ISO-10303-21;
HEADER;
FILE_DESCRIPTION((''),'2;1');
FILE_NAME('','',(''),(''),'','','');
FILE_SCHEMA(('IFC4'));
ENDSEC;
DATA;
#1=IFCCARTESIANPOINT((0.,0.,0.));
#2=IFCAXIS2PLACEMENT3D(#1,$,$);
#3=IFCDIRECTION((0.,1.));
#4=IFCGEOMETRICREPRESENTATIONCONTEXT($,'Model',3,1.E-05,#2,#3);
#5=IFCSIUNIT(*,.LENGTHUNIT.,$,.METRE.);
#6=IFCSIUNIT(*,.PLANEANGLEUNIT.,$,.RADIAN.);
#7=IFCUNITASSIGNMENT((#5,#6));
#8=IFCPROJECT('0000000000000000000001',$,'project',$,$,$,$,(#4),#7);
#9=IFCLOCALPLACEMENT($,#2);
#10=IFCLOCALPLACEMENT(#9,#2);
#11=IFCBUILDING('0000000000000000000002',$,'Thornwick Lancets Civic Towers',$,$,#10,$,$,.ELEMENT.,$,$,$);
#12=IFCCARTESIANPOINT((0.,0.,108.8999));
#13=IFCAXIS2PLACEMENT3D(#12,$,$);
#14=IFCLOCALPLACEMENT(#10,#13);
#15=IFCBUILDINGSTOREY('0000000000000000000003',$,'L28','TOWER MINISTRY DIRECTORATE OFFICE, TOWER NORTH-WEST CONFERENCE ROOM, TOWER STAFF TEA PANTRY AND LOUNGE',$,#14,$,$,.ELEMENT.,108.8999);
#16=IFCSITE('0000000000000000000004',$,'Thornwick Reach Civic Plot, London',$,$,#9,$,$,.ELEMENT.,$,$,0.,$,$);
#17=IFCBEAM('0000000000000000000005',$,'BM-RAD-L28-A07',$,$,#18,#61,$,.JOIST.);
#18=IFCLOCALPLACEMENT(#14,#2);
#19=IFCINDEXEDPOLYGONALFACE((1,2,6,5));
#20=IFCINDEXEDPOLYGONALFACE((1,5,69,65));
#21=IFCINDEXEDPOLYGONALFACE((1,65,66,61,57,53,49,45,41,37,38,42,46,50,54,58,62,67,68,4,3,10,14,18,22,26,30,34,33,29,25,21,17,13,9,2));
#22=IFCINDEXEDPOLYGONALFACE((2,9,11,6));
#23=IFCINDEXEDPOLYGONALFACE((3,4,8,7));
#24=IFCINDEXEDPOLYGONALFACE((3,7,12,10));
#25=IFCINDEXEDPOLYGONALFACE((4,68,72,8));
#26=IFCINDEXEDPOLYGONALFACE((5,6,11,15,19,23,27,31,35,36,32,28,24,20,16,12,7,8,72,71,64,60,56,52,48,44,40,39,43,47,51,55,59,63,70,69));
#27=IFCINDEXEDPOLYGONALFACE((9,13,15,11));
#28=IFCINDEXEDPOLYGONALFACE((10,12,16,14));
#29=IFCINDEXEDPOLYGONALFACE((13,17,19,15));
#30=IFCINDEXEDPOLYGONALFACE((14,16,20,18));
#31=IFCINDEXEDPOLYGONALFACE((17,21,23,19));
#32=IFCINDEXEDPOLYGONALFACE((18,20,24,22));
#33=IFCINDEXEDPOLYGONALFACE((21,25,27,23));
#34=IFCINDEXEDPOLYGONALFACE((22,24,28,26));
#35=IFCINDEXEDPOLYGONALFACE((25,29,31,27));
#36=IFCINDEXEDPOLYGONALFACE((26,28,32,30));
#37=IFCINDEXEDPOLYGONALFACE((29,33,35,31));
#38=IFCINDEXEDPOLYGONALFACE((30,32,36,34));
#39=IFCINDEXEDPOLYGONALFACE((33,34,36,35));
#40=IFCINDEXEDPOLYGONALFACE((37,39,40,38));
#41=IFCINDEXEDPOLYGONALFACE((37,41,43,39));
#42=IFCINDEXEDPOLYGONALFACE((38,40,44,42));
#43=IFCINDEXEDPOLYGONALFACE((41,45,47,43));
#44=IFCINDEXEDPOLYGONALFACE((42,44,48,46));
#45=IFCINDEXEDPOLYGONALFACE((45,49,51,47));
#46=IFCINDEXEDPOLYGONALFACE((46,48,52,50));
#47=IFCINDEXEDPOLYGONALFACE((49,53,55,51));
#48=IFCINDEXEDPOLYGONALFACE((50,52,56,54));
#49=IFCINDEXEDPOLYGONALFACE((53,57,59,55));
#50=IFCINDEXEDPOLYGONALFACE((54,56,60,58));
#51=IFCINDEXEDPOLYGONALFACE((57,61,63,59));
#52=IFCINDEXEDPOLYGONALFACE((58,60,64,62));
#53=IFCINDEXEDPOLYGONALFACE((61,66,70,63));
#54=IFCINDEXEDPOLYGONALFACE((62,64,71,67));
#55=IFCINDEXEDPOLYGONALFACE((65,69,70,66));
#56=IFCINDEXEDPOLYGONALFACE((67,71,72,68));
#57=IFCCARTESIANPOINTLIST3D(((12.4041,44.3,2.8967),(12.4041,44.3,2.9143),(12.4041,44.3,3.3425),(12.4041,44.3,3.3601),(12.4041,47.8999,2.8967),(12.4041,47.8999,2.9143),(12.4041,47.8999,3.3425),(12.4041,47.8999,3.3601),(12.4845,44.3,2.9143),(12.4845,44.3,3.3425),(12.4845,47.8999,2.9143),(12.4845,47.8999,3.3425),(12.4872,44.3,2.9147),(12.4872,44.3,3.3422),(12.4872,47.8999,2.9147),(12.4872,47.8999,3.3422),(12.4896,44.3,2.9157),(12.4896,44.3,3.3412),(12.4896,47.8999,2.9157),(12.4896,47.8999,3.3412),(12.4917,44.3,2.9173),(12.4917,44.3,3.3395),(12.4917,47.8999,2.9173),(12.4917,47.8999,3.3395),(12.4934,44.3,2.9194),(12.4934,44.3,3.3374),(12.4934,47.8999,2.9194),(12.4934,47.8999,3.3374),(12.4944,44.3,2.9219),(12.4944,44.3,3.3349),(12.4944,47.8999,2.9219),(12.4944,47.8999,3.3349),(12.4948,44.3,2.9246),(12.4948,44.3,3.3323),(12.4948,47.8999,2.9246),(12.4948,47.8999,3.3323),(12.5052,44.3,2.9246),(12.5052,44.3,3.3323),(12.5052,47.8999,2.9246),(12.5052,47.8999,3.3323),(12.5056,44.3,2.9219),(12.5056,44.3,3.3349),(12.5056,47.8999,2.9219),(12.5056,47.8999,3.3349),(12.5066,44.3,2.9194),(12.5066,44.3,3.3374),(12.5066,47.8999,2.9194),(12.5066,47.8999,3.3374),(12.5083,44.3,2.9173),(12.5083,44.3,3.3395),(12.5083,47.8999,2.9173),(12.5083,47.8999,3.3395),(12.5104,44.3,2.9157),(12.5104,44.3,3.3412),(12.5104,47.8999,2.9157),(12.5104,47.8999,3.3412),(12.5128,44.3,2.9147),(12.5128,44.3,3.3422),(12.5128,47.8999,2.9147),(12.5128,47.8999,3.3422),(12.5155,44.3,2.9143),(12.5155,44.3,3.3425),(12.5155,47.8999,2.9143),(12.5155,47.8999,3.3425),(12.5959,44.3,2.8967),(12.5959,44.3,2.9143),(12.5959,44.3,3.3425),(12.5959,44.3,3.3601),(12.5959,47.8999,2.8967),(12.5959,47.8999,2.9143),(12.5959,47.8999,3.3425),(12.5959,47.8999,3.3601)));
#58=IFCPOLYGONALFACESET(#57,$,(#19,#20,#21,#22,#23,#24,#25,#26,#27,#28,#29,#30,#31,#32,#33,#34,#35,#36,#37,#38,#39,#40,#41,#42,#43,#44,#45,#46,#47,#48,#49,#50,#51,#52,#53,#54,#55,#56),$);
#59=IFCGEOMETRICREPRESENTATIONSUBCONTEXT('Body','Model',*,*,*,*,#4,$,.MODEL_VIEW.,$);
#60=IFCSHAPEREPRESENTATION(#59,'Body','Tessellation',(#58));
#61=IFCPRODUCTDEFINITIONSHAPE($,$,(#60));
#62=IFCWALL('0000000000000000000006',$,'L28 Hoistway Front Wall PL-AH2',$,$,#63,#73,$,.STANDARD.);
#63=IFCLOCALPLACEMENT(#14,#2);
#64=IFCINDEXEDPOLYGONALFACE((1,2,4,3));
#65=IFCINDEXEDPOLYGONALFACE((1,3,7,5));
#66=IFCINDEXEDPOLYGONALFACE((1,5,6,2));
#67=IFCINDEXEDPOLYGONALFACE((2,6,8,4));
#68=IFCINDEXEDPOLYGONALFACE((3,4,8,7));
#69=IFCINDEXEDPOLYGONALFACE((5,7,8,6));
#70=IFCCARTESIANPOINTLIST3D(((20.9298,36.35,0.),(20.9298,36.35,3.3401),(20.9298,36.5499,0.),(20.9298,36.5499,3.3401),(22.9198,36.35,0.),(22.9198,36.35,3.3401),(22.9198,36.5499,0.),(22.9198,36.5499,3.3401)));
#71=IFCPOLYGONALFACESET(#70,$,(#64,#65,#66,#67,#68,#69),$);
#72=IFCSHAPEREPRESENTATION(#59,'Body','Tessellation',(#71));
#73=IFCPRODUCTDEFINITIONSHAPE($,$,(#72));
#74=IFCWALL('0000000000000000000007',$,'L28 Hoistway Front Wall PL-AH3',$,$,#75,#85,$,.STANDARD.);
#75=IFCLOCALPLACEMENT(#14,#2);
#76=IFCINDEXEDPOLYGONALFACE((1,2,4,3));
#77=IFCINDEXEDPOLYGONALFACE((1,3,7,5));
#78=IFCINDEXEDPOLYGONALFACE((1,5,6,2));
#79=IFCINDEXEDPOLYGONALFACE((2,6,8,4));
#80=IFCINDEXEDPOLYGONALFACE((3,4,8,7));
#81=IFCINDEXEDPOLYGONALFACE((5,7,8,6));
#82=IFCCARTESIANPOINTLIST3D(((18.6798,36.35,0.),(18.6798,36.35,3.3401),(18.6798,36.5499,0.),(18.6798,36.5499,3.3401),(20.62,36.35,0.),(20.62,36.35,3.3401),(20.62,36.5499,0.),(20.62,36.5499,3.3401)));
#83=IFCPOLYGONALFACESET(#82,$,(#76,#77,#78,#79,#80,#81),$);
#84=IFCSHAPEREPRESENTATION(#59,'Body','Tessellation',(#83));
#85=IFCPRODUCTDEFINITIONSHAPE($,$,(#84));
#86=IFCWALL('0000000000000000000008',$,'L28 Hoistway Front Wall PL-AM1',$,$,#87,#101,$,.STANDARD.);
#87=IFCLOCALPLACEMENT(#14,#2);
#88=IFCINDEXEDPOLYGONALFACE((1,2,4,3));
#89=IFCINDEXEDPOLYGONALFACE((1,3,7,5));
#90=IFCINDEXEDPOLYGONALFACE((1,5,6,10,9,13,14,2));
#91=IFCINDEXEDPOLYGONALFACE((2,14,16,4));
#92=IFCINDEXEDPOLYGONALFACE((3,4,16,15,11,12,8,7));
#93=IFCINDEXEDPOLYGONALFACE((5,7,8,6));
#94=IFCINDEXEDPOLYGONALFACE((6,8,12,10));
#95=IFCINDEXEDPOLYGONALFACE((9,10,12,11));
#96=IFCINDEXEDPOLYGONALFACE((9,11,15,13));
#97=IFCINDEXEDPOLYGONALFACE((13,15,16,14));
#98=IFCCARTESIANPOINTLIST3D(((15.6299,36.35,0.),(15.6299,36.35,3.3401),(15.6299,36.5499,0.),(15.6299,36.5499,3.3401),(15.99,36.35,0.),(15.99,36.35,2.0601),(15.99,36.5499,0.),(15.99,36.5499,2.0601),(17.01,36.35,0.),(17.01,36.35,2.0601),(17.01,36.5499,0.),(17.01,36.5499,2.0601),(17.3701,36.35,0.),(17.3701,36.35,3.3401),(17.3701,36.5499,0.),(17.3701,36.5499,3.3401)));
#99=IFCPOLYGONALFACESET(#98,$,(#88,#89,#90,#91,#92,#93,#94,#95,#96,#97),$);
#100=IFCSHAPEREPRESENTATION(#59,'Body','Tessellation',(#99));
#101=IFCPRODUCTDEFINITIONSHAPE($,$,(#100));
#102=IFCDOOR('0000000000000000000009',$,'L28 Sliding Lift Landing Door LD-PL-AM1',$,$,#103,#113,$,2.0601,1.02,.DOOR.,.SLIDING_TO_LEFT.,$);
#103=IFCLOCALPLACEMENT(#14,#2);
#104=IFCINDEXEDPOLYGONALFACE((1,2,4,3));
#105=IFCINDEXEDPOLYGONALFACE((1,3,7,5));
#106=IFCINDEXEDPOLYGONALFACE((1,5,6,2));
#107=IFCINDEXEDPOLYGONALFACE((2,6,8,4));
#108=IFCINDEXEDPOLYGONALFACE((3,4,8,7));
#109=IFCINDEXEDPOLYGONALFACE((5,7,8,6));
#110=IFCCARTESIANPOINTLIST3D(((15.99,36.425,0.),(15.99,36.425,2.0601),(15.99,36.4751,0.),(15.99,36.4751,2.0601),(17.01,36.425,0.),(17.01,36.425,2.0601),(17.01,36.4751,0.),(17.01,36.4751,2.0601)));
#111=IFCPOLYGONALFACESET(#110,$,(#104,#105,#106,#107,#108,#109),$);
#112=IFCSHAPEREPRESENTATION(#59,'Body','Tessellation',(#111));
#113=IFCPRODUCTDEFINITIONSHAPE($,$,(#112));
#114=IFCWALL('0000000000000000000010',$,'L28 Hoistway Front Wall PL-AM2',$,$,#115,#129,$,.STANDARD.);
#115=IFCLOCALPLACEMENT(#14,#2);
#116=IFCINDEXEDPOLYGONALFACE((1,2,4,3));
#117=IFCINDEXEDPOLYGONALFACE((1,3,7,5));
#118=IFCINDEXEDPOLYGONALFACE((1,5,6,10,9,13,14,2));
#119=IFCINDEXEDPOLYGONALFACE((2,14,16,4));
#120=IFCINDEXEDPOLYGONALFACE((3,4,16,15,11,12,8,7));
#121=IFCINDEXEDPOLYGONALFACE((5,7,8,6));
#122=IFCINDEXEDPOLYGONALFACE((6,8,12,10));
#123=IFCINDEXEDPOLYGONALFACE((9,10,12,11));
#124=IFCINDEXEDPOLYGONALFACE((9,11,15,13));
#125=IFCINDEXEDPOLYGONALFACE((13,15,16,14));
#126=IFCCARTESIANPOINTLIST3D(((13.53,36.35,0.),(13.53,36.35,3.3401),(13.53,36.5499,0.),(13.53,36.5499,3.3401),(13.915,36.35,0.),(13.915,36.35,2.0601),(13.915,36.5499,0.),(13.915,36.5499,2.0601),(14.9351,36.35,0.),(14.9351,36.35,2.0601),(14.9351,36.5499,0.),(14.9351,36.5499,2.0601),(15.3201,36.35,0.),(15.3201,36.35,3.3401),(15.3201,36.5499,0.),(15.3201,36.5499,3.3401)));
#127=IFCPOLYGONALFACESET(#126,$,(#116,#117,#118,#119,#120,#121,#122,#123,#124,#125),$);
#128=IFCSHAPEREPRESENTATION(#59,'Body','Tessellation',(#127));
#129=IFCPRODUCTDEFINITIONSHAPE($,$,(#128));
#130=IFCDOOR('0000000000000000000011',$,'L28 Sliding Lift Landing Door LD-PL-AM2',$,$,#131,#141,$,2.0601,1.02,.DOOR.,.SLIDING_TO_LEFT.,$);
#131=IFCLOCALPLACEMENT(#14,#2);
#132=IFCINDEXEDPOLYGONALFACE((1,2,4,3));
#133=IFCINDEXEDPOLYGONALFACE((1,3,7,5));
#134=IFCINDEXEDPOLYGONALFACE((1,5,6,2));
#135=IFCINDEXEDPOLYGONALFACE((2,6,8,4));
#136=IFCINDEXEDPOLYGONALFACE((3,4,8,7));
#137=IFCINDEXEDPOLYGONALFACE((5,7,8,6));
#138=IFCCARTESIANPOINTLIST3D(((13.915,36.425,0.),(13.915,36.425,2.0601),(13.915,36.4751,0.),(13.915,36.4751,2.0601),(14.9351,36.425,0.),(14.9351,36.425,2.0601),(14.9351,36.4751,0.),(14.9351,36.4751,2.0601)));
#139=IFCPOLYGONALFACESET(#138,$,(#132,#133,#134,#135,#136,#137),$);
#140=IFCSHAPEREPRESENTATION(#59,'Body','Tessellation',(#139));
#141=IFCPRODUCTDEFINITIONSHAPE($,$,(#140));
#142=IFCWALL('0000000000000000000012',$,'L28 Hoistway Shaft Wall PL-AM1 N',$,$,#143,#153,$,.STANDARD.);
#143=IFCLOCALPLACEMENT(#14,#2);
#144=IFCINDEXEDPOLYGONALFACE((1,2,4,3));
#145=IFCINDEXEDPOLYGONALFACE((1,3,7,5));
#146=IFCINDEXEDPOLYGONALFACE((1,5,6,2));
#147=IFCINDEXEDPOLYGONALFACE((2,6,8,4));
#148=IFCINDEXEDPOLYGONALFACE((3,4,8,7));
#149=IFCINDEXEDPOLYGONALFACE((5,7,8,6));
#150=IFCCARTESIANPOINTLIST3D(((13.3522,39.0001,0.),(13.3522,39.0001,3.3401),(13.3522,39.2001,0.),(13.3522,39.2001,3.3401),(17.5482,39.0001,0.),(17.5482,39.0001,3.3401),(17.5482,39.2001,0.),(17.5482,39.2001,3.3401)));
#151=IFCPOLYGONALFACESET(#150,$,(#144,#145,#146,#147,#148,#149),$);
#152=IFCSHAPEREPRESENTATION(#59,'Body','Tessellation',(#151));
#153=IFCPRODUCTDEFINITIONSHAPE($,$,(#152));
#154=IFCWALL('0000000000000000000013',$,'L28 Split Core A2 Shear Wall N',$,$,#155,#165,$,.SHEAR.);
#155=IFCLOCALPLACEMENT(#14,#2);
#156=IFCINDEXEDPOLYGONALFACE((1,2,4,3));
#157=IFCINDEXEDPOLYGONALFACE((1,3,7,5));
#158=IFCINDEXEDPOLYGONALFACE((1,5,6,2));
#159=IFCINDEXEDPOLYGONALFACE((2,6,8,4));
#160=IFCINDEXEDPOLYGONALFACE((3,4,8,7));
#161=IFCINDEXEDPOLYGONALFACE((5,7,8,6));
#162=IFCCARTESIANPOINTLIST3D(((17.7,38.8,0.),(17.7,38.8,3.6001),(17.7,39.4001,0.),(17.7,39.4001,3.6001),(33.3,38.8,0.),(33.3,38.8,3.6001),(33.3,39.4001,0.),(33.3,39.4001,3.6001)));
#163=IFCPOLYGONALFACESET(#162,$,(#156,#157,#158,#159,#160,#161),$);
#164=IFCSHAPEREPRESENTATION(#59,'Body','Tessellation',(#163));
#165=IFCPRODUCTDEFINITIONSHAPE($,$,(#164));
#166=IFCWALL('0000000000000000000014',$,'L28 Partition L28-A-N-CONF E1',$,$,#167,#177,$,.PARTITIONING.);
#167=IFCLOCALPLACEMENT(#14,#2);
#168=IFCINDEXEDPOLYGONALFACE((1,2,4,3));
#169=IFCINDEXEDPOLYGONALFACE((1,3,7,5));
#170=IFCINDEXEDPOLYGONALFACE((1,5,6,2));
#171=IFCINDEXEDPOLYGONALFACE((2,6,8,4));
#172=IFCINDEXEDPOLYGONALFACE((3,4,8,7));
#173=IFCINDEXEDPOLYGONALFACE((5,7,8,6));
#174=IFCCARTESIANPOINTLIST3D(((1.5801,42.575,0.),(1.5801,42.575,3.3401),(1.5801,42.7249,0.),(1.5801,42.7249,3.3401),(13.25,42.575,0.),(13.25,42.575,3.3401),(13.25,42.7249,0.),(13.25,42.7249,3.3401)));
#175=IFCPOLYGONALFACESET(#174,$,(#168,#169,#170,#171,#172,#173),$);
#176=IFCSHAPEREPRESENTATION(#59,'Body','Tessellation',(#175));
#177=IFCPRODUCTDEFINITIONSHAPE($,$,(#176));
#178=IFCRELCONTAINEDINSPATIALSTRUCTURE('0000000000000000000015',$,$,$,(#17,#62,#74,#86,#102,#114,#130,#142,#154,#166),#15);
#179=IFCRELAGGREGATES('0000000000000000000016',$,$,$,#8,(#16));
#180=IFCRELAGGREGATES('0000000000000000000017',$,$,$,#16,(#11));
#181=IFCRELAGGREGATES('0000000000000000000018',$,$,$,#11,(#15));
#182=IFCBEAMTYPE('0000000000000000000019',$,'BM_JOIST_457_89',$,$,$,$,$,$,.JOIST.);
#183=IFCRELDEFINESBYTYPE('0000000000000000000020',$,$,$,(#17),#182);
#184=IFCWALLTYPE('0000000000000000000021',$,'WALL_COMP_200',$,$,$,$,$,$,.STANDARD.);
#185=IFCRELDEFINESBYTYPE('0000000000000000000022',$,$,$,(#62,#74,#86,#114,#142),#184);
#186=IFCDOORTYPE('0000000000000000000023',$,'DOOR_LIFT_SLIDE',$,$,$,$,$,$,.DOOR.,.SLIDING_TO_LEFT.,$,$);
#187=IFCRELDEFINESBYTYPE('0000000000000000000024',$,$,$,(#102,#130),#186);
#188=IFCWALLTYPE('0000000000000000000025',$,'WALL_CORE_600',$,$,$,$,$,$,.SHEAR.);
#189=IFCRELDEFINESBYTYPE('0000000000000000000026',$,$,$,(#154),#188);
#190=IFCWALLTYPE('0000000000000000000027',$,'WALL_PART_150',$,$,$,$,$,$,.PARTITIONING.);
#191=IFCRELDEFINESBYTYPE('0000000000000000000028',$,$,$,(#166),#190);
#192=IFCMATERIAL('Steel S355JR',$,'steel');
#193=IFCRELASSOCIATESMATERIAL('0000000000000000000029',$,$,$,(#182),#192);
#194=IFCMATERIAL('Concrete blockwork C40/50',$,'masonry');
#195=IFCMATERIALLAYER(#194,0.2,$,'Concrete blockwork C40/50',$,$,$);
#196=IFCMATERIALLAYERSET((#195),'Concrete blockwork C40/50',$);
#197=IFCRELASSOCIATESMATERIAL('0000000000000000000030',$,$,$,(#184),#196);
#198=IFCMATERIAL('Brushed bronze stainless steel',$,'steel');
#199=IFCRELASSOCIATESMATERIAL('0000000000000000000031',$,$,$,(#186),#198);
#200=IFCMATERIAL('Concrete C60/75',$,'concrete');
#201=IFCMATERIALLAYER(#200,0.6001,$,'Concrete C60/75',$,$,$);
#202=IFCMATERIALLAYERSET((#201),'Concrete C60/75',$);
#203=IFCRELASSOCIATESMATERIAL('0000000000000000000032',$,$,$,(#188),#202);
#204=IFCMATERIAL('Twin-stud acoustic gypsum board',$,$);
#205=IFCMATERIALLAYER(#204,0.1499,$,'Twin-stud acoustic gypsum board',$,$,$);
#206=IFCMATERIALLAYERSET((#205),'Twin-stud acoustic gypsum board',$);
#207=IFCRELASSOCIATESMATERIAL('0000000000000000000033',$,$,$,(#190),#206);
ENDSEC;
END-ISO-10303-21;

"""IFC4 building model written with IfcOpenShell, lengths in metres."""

from ifc_helpers import new_model, si_unit, direction, frame, frame_2d, origin, origin_2d, place, context, subcontext, project, spatial, rectangle, i_section, extrude, material, layer, layer_set, material_profile, profile_set, type_object, element, fill, save


model = new_model("IFC4")

# Units and contexts
model_context = context("Model", 3, precision=1e-05, world=origin(), true_north=direction((0.0, 1.0)))
body_context = subcontext(model_context, "Body", "Model", "MODEL_VIEW")
ifc_project = project(units=[si_unit("LENGTHUNIT", "METRE"), si_unit("PLANEANGLEUNIT", "RADIAN")], contexts=[model_context])

# Site, building, storey
site_placement = place(None, origin())
site = spatial("IfcSite", under=ifc_project, at=site_placement, Name="Thornwick Reach Civic Plot, London", CompositionType="ELEMENT", RefElevation=0.0)
building_placement = place(site_placement, origin())
building = spatial("IfcBuilding", under=site, at=building_placement, Name="Thornwick Lancets Civic Towers", CompositionType="ELEMENT")
storey_placement = place(building_placement, frame((0.0, 0.0, 108.8999)))
storey = spatial("IfcBuildingStorey", under=building, at=storey_placement, Name="L28", Description="TOWER MINISTRY DIRECTORATE OFFICE, TOWER NORTH-WEST CONFERENCE ROOM, TOWER STAFF TEA PANTRY AND LOUNGE", CompositionType="ELEMENT", Elevation=108.8999)

# Shared definitions
ifc_material_1 = material(Name="Concrete C60/75", Category="concrete")

# Beam
ifc_material_2 = material(Name="Steel S355JR", Category="steel")
ifc_material_profile_1 = material_profile(ifc_material_2, i_section(OverallWidth=0.1919, OverallDepth=0.4634, WebThickness=0.0105, FlangeThickness=0.0176, FilletRadius=0.0103, at=origin_2d()), Name="UKB 457x191x89")
ifc_profile_set_1 = profile_set([ifc_material_profile_1], Name="Steel S355JR")
beam_type_1 = type_object("IfcBeamType", Name="BM_JOIST_457_89", PredefinedType="JOIST", material=ifc_profile_set_1)
beam_1_placement = place(storey_placement, frame((12.5, 44.3, 3.1284), z_axis=(0.0, 1.0, 0.0), x_axis=(-1.0, 0.0, 0.0)))
element("IfcBeam", 1, at=beam_1_placement, inside=storey, type_object=beam_type_1, Name="BM-RAD-L28-A07", PredefinedType="JOIST", context=body_context, shape_type="SweptSolid", body=[
    extrude(i_section(OverallWidth=0.1919, OverallDepth=0.4634, WebThickness=0.0105, FlangeThickness=0.0176, FilletRadius=0.0103, at=origin_2d()), origin(), (0.0, 0.0, 1.0), 3.5999),
])

# Walls
ifc_material_3 = material(Name="Concrete blockwork C40/50", Category="masonry")
ifc_layer_1 = layer(ifc_material_3, 0.2, Name="Concrete blockwork C40/50")
ifc_layer_set_1 = layer_set([ifc_layer_1], Name="Concrete blockwork C40/50")
wall_type_1 = type_object("IfcWallType", Name="WALL_COMP_200", PredefinedType="STANDARD", material=ifc_layer_set_1)
wall_1_placement = place(storey_placement, frame((22.9199, 36.45, 0.0), z_axis=(0.0, 0.0, 1.0), x_axis=(-1.0, 0.0, 0.0)))
element("IfcWall", 2, at=wall_1_placement, inside=storey, type_object=wall_type_1, Name="L28 Hoistway Front Wall PL-AH2", PredefinedType="STANDARD", context=body_context, shape_type="SweptSolid", body=[
    extrude(rectangle(XDim=1.99, YDim=0.2, at=frame_2d((0.9951, 0.0))), origin(), (0.0, 0.0, 1.0), 3.3401),
])
wall_2_placement = place(storey_placement, frame((20.6201, 36.45, 0.0), z_axis=(0.0, 0.0, 1.0), x_axis=(-1.0, 0.0, 0.0)))
element("IfcWall", 3, at=wall_2_placement, inside=storey, type_object=wall_type_1, Name="L28 Hoistway Front Wall PL-AH3", PredefinedType="STANDARD", context=body_context, shape_type="SweptSolid", body=[
    extrude(rectangle(XDim=1.9402, YDim=0.2, at=frame_2d((0.9702, 0.0))), origin(), (0.0, 0.0, 1.0), 3.3401),
])

# Walls, openings, doors
wall_3_placement = place(storey_placement, frame((17.3701, 36.45, 0.0), z_axis=(0.0, 0.0, 1.0), x_axis=(-1.0, 0.0, 0.0)))
wall_3 = element("IfcWall", 4, at=wall_3_placement, inside=storey, type_object=wall_type_1, Name="L28 Hoistway Front Wall PL-AM1", PredefinedType="STANDARD", context=body_context, shape_type="SweptSolid", body=[
    extrude(rectangle(XDim=1.7402, YDim=0.2, at=frame_2d((0.8701, 0.0))), origin(), (0.0, 0.0, 1.0), 3.3401),
])
opening_1_placement = place(wall_3_placement, frame((0.3601, 0.0, 0.0)))
opening_1 = element("IfcOpeningElement", 5, at=opening_1_placement, cuts=wall_3, PredefinedType="OPENING", context=body_context, shape_type="SweptSolid", body=[
    extrude(rectangle(XDim=1.02, YDim=2.0601, at=frame_2d((0.51, 1.03))), frame((0.0, 0.1099, 0.0), z_axis=(0.0, -1.0, 0.0), x_axis=(1.0, 0.0, 0.0)), (0.0, 0.0, 1.0), 0.22),
])
ifc_material_4 = material(Name="Brushed bronze stainless steel", Category="steel")
door_type_1 = type_object("IfcDoorType", Name="DOOR_LIFT_SLIDE", OperationType="SLIDING_TO_LEFT", PredefinedType="DOOR", material=ifc_material_4)
door_1_placement = place(opening_1_placement, origin())
door_1 = element("IfcDoor", 6, at=door_1_placement, inside=storey, type_object=door_type_1, Name="L28 Sliding Lift Landing Door LD-PL-AM1", OperationType="SLIDING_TO_LEFT", OverallHeight=2.0601, OverallWidth=1.02, PredefinedType="DOOR", context=body_context, shape_type="SweptSolid", body=[
    extrude(rectangle(XDim=1.02, YDim=2.0601, at=frame_2d((0.51, 1.03))), frame((0.0, 0.0249, 0.0), z_axis=(0.0, -1.0, 0.0), x_axis=(1.0, 0.0, 0.0)), (0.0, 0.0, 1.0), 0.05),
])
fill(opening_1, door_1)
wall_4_placement = place(storey_placement, frame((15.3201, 36.45, 0.0), z_axis=(0.0, 0.0, 1.0), x_axis=(-1.0, 0.0, 0.0)))
wall_4 = element("IfcWall", 7, at=wall_4_placement, inside=storey, type_object=wall_type_1, Name="L28 Hoistway Front Wall PL-AM2", PredefinedType="STANDARD", context=body_context, shape_type="SweptSolid", body=[
    extrude(rectangle(XDim=1.79, YDim=0.2, at=frame_2d((0.895, 0.0))), origin(), (0.0, 0.0, 1.0), 3.3401),
])
opening_2_placement = place(wall_4_placement, frame((0.385, 0.0, 0.0)))
opening_2 = element("IfcOpeningElement", 8, at=opening_2_placement, cuts=wall_4, PredefinedType="OPENING", context=body_context, shape_type="SweptSolid", body=[
    extrude(rectangle(XDim=1.02, YDim=2.0601, at=frame_2d((0.51, 1.03))), frame((0.0, 0.1099, 0.0), z_axis=(0.0, -1.0, 0.0), x_axis=(1.0, 0.0, 0.0)), (0.0, 0.0, 1.0), 0.22),
])
door_2_placement = place(opening_2_placement, origin())
door_2 = element("IfcDoor", 9, at=door_2_placement, inside=storey, type_object=door_type_1, Name="L28 Sliding Lift Landing Door LD-PL-AM2", OperationType="SLIDING_TO_LEFT", OverallHeight=2.0601, OverallWidth=1.02, PredefinedType="DOOR", context=body_context, shape_type="SweptSolid", body=[
    extrude(rectangle(XDim=1.02, YDim=2.0601, at=frame_2d((0.51, 1.03))), frame((0.0, 0.0249, 0.0), z_axis=(0.0, -1.0, 0.0), x_axis=(1.0, 0.0, 0.0)), (0.0, 0.0, 1.0), 0.05),
])
fill(opening_2, door_2)

# Walls
wall_5_placement = place(storey_placement, frame((13.3521, 39.1001, 0.0), z_axis=(0.0, 0.0, 1.0), x_axis=(1.0, 0.0, 0.0)))
element("IfcWall", 10, at=wall_5_placement, inside=storey, type_object=wall_type_1, Name="L28 Hoistway Shaft Wall PL-AM1 N", PredefinedType="STANDARD", context=body_context, shape_type="SweptSolid", body=[
    extrude(rectangle(XDim=4.196, YDim=0.2, at=frame_2d((2.0981, 0.0))), origin(), (0.0, 0.0, 1.0), 3.3401),
])
ifc_layer_2 = layer(ifc_material_1, 0.6001, Name="Concrete C60/75")
ifc_layer_set_2 = layer_set([ifc_layer_2], Name="Concrete C60/75")
wall_type_2 = type_object("IfcWallType", Name="WALL_CORE_600", PredefinedType="SHEAR", material=ifc_layer_set_2)
wall_6_placement = place(storey_placement, frame((17.7, 39.1001, 0.0), z_axis=(0.0, 0.0, 1.0), x_axis=(1.0, 0.0, 0.0)))
element("IfcWall", 11, at=wall_6_placement, inside=storey, type_object=wall_type_2, Name="L28 Split Core A2 Shear Wall N", PredefinedType="SHEAR", context=body_context, shape_type="SweptSolid", body=[
    extrude(rectangle(XDim=15.6001, YDim=0.6001, at=frame_2d((7.8, 0.0))), origin(), (0.0, 0.0, 1.0), 3.6001),
])
ifc_material_5 = material(Name="Twin-stud acoustic gypsum board")
ifc_layer_3 = layer(ifc_material_5, 0.1499, Name="Twin-stud acoustic gypsum board")
ifc_layer_set_3 = layer_set([ifc_layer_3], Name="Twin-stud acoustic gypsum board")
wall_type_3 = type_object("IfcWallType", Name="WALL_PART_150", PredefinedType="PARTITIONING", material=ifc_layer_set_3)
wall_7_placement = place(storey_placement, frame((13.25, 42.6499, 0.0), z_axis=(0.0, 0.0, 1.0), x_axis=(-1.0, 0.0, 0.0)))
element("IfcWall", 12, at=wall_7_placement, inside=storey, type_object=wall_type_3, Name="L28 Partition L28-A-N-CONF E1", PredefinedType="PARTITIONING", context=body_context, shape_type="SweptSolid", body=[
    extrude(rectangle(XDim=11.6699, YDim=0.1499, at=frame_2d((5.835, 0.0))), origin(), (0.0, 0.0, 1.0), 3.3401),
])

save(model, "model.ifc")
